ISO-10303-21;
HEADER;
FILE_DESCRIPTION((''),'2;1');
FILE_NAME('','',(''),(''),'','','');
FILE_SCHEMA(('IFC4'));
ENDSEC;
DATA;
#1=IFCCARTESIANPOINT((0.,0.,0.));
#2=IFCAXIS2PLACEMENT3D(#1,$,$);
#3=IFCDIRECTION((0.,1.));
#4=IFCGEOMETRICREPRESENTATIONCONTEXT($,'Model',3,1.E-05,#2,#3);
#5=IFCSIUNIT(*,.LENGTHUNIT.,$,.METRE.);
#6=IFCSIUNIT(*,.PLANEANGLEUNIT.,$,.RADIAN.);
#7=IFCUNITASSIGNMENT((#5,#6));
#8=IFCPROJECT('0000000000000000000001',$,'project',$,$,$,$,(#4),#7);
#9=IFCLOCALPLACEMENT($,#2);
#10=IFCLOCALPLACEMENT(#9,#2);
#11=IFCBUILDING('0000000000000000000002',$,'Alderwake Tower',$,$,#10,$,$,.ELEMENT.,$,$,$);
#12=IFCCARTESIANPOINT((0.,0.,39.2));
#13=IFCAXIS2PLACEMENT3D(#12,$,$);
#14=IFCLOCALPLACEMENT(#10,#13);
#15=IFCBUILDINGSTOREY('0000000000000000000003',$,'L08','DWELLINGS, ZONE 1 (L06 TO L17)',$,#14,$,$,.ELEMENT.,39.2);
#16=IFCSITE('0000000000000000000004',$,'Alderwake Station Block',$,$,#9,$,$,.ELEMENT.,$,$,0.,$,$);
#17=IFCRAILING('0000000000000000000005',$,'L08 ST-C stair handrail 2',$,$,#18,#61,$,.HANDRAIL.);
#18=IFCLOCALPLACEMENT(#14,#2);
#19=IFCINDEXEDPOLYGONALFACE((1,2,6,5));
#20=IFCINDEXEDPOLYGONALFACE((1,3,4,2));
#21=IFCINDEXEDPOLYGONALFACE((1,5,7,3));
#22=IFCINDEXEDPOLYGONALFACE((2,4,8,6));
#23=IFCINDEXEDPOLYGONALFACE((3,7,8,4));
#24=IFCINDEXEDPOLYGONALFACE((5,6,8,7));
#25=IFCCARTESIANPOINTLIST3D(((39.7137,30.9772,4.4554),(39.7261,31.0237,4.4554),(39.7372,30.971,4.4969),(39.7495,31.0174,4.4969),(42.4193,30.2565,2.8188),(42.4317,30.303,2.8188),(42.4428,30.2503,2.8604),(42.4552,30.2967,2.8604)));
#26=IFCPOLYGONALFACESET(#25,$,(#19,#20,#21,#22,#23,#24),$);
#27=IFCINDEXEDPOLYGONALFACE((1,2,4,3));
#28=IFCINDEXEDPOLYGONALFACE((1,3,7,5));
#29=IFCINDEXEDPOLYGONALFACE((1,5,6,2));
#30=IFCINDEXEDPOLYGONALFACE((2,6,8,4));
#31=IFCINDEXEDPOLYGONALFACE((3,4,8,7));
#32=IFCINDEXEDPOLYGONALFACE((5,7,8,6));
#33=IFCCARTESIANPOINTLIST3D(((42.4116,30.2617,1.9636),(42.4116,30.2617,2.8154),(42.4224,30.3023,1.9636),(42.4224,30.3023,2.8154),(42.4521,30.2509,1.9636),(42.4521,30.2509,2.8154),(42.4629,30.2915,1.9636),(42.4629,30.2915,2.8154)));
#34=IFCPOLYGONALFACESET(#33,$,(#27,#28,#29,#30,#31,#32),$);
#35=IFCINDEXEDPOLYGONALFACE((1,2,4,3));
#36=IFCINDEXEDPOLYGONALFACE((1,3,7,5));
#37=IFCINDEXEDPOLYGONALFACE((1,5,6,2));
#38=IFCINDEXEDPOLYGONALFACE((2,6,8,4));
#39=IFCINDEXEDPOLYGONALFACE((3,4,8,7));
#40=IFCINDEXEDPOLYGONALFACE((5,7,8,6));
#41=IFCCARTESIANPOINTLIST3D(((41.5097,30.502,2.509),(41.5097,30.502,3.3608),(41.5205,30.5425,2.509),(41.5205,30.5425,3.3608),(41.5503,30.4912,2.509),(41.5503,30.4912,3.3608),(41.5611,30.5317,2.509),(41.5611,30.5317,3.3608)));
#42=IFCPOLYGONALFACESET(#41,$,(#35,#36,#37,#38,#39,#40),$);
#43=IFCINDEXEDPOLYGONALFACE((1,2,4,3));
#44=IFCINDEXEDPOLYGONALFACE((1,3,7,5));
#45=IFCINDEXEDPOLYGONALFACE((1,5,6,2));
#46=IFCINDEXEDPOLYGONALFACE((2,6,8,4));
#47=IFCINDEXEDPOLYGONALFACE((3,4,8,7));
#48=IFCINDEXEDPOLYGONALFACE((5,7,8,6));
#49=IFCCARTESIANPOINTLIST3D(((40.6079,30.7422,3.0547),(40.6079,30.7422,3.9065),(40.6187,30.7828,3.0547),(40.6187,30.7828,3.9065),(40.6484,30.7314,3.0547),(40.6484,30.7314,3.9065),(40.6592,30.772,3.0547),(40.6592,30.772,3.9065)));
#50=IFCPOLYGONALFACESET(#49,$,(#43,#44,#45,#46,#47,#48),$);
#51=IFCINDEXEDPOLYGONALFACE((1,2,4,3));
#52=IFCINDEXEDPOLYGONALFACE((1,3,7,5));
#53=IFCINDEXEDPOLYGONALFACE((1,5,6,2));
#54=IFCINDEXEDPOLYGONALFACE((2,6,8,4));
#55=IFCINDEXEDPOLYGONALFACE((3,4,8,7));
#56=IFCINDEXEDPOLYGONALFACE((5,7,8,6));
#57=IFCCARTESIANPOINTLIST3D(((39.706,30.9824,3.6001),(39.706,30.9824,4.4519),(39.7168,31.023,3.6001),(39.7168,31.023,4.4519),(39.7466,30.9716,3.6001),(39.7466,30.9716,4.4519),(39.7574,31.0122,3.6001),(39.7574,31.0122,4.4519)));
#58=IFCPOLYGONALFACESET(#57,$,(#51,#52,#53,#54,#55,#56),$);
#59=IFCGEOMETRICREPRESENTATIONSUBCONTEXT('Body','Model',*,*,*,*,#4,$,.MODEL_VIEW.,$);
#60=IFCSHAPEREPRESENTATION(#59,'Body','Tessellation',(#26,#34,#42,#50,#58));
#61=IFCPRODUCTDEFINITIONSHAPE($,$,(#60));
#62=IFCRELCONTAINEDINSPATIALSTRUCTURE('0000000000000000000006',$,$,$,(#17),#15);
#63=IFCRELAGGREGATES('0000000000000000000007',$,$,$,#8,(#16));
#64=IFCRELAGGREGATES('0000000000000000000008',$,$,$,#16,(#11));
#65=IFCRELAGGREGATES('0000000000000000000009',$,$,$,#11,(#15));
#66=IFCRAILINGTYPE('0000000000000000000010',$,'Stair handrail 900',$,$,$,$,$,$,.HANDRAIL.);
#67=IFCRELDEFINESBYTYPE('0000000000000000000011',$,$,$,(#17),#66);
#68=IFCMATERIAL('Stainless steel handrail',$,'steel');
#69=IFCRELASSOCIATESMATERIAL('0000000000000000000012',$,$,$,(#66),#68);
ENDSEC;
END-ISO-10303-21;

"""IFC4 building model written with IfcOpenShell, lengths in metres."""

from ifc_helpers import new_model, si_unit, direction, frame, origin, origin_2d, place, context, subcontext, project, spatial, rectangle, extrude, material, type_object, element, save


model = new_model("IFC4")

# Units and contexts
model_context = context("Model", 3, precision=1e-05, world=origin(), true_north=direction((0.0, 1.0)))
body_context = subcontext(model_context, "Body", "Model", "MODEL_VIEW")
ifc_project = project(units=[si_unit("LENGTHUNIT", "METRE"), si_unit("PLANEANGLEUNIT", "RADIAN")], contexts=[model_context])

# Site, building, storey
site_placement = place(None, origin())
site = spatial("IfcSite", under=ifc_project, at=site_placement, Name="Alderwake Station Block", CompositionType="ELEMENT", RefElevation=0.0)
building_placement = place(site_placement, origin())
building = spatial("IfcBuilding", under=site, at=building_placement, Name="Alderwake Tower", CompositionType="ELEMENT")
storey_placement = place(building_placement, frame((0.0, 0.0, 39.2)))
storey = spatial("IfcBuildingStorey", under=building, at=storey_placement, Name="L08", Description="DWELLINGS, ZONE 1 (L06 TO L17)", CompositionType="ELEMENT", Elevation=39.2)

# Railing
ifc_material_1 = material(Name="Stainless steel handrail", Category="steel")
railing_type_1 = type_object("IfcRailingType", Name="Stair handrail 900", PredefinedType="HANDRAIL", material=ifc_material_1)
railing_1_placement = place(storey_placement, frame((42.4373, 30.2766, 1.9636)))
element("IfcRailing", 1, at=railing_1_placement, inside=storey, type_object=railing_type_1, Name="L08 ST-C stair handrail 2", PredefinedType="HANDRAIL", context=body_context, shape_type="SweptSolid", body=[
    extrude(rectangle(XDim=0.0481, YDim=0.0481, at=origin_2d()), frame((0.0, 0.0, 0.876), z_axis=(-0.834259, 0.222228, 0.504605), x_axis=(-0.257402, -0.966304, 0.0)), (0.0, 0.0, 1.0), 3.2432),
    extrude(rectangle(XDim=0.042, YDim=0.042, at=origin_2d()), frame((0.0, 0.0, 0.0), z_axis=(0.0, 0.0, 1.0), x_axis=(-0.966304, 0.257402, 0.0)), (0.0, 0.0, 1.0), 0.8518),
    extrude(rectangle(XDim=0.042, YDim=0.042, at=origin_2d()), frame((-0.9019, 0.2402, 0.5454), z_axis=(0.0, 0.0, 1.0), x_axis=(-0.966304, 0.257402, 0.0)), (0.0, 0.0, 1.0), 0.8518),
    extrude(rectangle(XDim=0.042, YDim=0.042, at=origin_2d()), frame((-1.8037, 0.4805, 1.0911), z_axis=(0.0, 0.0, 1.0), x_axis=(-0.966304, 0.257402, 0.0)), (0.0, 0.0, 1.0), 0.8518),
    extrude(rectangle(XDim=0.042, YDim=0.042, at=origin_2d()), frame((-2.7056, 0.7207, 1.6365), z_axis=(0.0, 0.0, 1.0), x_axis=(-0.966304, 0.257402, 0.0)), (0.0, 0.0, 1.0), 0.8518),
])

save(model, "model.ifc")
